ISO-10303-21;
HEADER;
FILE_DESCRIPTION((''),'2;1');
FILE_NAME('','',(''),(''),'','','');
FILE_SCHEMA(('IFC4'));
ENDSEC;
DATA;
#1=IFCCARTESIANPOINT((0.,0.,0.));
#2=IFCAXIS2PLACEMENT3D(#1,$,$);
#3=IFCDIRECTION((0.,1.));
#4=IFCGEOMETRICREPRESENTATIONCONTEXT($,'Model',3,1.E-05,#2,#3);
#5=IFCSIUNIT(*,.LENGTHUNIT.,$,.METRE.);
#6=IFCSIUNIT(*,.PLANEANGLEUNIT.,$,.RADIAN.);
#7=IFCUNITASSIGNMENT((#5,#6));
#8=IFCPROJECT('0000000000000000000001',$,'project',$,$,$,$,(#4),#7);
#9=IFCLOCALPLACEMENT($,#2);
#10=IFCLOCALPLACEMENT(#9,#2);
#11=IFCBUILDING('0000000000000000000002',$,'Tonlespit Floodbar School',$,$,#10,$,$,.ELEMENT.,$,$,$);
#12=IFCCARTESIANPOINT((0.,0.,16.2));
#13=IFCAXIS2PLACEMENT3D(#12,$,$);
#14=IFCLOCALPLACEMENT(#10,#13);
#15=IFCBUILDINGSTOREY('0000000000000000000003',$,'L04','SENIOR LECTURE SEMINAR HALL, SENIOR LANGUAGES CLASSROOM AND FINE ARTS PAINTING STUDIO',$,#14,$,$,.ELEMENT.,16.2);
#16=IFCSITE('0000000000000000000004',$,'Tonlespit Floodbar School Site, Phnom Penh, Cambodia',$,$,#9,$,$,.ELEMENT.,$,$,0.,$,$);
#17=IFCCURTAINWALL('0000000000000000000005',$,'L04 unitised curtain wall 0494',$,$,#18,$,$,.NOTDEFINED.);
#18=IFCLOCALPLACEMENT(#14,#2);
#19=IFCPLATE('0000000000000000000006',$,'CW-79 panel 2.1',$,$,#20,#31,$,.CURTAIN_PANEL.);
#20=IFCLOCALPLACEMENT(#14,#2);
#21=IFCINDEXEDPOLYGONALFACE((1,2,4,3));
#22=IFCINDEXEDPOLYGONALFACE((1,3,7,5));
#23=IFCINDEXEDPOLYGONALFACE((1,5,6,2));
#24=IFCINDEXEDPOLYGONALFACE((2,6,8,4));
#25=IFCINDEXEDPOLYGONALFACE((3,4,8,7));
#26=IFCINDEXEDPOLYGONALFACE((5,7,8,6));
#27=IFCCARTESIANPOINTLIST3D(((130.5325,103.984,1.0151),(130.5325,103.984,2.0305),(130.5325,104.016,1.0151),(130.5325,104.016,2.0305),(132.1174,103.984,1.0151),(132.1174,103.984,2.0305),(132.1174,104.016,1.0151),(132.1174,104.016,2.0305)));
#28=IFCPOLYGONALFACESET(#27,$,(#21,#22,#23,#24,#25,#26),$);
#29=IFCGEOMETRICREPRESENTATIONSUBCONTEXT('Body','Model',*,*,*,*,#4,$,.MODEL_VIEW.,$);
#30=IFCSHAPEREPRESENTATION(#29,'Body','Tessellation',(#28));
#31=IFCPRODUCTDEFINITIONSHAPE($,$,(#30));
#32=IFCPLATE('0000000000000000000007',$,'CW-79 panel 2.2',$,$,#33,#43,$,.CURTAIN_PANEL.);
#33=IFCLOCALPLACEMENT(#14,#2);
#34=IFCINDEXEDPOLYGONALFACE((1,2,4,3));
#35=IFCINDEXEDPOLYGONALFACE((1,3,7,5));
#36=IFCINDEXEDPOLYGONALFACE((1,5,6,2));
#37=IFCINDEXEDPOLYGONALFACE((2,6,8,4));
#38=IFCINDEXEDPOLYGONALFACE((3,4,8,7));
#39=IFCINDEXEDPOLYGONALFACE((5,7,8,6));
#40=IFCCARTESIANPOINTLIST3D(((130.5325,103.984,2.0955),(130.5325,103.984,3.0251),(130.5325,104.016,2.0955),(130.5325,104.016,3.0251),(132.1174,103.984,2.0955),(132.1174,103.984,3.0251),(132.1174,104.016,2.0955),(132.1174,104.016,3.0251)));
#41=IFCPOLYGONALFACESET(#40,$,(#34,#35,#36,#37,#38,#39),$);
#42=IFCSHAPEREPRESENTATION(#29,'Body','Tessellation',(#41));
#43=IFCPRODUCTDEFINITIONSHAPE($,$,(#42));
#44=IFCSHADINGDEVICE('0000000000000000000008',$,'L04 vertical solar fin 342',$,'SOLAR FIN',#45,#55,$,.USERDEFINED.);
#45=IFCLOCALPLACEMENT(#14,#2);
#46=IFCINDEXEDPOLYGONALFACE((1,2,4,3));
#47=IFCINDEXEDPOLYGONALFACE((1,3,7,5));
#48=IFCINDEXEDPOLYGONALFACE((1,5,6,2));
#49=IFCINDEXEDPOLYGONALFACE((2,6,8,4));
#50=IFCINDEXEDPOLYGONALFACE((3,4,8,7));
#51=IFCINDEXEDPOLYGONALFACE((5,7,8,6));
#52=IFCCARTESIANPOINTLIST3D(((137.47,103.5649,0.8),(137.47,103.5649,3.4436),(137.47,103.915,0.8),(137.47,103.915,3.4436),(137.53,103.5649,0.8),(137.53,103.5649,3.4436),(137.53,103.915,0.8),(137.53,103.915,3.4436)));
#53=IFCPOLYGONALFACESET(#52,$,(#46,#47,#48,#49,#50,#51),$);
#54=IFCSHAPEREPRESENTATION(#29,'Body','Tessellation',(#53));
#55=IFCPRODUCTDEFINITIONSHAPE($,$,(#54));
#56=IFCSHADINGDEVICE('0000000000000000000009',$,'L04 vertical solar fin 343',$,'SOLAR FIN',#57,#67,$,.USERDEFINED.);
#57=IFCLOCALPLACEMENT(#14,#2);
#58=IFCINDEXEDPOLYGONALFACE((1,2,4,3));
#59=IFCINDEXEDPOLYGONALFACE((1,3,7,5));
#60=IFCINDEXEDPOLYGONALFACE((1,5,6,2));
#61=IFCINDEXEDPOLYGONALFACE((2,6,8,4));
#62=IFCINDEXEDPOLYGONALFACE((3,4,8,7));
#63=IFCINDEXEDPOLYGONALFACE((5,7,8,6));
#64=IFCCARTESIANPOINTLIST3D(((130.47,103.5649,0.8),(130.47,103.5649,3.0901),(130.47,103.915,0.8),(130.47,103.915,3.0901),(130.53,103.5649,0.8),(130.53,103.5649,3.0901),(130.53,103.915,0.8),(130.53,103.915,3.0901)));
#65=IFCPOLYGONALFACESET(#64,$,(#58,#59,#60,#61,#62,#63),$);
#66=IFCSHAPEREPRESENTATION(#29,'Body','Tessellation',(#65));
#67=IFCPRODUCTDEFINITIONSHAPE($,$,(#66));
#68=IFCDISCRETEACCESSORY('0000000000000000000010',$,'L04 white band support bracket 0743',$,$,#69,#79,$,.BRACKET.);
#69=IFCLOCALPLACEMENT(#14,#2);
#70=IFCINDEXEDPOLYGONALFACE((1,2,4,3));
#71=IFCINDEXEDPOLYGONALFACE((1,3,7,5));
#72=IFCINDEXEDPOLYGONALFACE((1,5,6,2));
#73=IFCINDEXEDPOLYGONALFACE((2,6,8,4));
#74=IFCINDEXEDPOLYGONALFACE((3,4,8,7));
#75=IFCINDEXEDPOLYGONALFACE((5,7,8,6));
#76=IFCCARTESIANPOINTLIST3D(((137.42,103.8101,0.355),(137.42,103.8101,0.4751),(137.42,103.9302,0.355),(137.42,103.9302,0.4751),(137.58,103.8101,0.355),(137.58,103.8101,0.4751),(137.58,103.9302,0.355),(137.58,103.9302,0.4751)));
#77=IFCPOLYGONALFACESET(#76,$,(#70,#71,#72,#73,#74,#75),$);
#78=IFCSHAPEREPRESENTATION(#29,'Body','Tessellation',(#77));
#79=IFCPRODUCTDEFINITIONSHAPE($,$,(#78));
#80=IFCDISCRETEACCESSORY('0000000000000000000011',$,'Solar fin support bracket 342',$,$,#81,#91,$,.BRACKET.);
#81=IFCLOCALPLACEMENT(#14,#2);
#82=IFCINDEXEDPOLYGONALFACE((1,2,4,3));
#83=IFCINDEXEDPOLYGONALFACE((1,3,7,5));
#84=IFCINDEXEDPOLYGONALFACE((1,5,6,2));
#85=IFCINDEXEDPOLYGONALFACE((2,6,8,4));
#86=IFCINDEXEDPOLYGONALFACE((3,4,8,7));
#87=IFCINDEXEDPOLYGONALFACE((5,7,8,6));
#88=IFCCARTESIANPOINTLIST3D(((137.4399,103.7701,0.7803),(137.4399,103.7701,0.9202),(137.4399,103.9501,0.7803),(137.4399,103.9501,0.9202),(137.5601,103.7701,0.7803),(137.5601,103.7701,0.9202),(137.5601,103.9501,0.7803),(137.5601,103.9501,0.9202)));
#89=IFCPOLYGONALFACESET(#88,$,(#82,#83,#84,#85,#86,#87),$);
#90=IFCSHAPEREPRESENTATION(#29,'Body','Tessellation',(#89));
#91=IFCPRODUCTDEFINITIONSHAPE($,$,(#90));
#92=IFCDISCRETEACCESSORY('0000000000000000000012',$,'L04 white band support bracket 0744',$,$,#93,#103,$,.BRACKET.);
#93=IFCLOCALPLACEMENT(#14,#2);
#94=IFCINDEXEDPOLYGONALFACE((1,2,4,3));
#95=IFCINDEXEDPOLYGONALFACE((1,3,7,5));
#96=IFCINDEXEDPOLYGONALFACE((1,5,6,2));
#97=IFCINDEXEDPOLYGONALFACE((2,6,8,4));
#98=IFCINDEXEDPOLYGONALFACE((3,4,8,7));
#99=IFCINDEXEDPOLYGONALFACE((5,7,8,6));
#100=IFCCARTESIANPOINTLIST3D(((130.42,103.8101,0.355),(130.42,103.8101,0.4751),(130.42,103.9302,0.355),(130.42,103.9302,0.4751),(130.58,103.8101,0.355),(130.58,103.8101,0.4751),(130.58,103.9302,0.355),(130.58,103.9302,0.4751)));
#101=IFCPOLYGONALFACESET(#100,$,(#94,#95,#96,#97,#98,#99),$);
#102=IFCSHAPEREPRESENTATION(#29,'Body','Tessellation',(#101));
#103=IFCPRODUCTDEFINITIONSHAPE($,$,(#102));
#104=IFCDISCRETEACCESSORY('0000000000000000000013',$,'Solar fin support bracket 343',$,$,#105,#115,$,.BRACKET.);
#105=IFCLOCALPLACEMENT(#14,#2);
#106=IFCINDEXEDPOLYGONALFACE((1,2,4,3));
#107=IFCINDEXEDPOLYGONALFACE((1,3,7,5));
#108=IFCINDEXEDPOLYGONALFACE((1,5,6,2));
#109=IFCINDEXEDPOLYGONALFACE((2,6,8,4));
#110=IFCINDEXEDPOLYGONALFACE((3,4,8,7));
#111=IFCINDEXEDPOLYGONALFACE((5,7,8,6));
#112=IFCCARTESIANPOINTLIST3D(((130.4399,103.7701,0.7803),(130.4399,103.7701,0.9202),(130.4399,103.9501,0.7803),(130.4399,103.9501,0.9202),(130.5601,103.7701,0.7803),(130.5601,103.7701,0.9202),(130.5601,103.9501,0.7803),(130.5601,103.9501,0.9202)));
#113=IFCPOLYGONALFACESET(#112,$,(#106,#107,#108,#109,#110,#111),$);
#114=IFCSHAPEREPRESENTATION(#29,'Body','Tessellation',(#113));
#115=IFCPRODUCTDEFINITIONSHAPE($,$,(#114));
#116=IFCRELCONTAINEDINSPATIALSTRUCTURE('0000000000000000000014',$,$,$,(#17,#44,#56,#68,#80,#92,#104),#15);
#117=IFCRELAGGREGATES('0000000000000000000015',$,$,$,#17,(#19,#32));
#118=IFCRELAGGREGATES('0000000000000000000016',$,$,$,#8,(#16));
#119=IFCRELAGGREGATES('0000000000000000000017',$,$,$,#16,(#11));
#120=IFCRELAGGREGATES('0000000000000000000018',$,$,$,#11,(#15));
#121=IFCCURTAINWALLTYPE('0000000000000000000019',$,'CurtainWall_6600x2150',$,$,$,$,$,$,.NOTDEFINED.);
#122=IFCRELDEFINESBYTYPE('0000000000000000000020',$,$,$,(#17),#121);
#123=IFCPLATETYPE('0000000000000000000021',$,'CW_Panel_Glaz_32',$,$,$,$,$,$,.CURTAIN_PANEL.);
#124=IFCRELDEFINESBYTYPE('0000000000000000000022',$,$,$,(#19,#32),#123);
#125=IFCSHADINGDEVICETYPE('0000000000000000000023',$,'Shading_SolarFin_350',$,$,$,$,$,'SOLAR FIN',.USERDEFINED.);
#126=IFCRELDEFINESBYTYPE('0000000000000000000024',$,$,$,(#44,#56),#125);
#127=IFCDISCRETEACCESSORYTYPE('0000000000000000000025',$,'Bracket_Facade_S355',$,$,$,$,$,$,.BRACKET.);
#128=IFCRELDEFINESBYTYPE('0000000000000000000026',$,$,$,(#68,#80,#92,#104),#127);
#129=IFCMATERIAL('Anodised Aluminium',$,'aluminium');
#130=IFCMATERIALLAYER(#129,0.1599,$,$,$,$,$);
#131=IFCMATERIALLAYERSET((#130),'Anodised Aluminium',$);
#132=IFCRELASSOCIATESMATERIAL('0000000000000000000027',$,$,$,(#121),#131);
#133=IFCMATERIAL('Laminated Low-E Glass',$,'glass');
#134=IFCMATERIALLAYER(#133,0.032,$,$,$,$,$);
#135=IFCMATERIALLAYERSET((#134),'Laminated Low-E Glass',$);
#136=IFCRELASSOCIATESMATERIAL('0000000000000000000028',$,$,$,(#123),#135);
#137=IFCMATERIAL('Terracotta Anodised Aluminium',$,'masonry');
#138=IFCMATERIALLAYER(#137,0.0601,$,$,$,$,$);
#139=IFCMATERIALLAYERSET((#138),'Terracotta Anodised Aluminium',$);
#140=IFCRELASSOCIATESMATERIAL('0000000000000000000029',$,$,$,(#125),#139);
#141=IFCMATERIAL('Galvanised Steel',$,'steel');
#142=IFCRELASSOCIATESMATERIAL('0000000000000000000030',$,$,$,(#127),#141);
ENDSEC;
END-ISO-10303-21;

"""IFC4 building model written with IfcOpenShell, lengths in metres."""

from ifc_helpers import new_model, si_unit, direction, frame, origin, origin_2d, place, context, subcontext, project, spatial, rectangle, extrude, material, layer, layer_set, type_object, element, aggregate, save


model = new_model("IFC4")

# Units and contexts
model_context = context("Model", 3, precision=1e-05, world=origin(), true_north=direction((0.0, 1.0)))
body_context = subcontext(model_context, "Body", "Model", "MODEL_VIEW")
ifc_project = project(units=[si_unit("LENGTHUNIT", "METRE"), si_unit("PLANEANGLEUNIT", "RADIAN")], contexts=[model_context])

# Site, building, storey
site_placement = place(None, origin())
site = spatial("IfcSite", under=ifc_project, at=site_placement, Name="Tonlespit Floodbar School Site, Phnom Penh, Cambodia", CompositionType="ELEMENT", RefElevation=0.0)
building_placement = place(site_placement, origin())
building = spatial("IfcBuilding", under=site, at=building_placement, Name="Tonlespit Floodbar School", CompositionType="ELEMENT")
storey_placement = place(building_placement, frame((0.0, 0.0, 16.2)))
storey = spatial("IfcBuildingStorey", under=building, at=storey_placement, Name="L04", Description="SENIOR LECTURE SEMINAR HALL, SENIOR LANGUAGES CLASSROOM AND FINE ARTS PAINTING STUDIO", CompositionType="ELEMENT", Elevation=16.2)

# Curtain wall, plates
ifc_material_1 = material(Name="Anodised Aluminium", Category="aluminium")
ifc_layer_1 = layer(ifc_material_1, 0.1599)
ifc_layer_set_1 = layer_set([ifc_layer_1], Name="Anodised Aluminium")
curtain_wall_type = type_object("IfcCurtainWallType", Name="CurtainWall_6600x2150", PredefinedType="NOTDEFINED", material=ifc_layer_set_1)
curtain_wall_placement = place(storey_placement, origin())
curtain_wall = element("IfcCurtainWall", 1, at=curtain_wall_placement, inside=storey, type_object=curtain_wall_type, Name="L04 unitised curtain wall 0494", PredefinedType="NOTDEFINED")
ifc_material_2 = material(Name="Laminated Low-E Glass", Category="glass")
ifc_layer_2 = layer(ifc_material_2, 0.032)
ifc_layer_set_2 = layer_set([ifc_layer_2], Name="Laminated Low-E Glass")
plate_type = type_object("IfcPlateType", Name="CW_Panel_Glaz_32", PredefinedType="CURTAIN_PANEL", material=ifc_layer_set_2)
plate_1_placement = place(storey_placement, frame((131.325, 104.0, 1.0151), z_axis=(0.0, 0.0, 1.0), x_axis=(-1.0, 0.0, 0.0)))
plate_1 = element("IfcPlate", 2, at=plate_1_placement, type_object=plate_type, Name="CW-79 panel 2.1", PredefinedType="CURTAIN_PANEL", context=body_context, shape_type="SweptSolid", body=[
    extrude(rectangle(XDim=1.585, YDim=0.032, at=origin_2d()), origin(), (0.0, 0.0, 1.0), 1.0154),
])
plate_2_placement = place(storey_placement, frame((131.325, 104.0, 2.0955), z_axis=(0.0, 0.0, 1.0), x_axis=(-1.0, 0.0, 0.0)))
plate_2 = element("IfcPlate", 3, at=plate_2_placement, type_object=plate_type, Name="CW-79 panel 2.2", PredefinedType="CURTAIN_PANEL", context=body_context, shape_type="SweptSolid", body=[
    extrude(rectangle(XDim=1.585, YDim=0.032, at=origin_2d()), origin(), (0.0, 0.0, 1.0), 0.9297),
])
aggregate(curtain_wall, [plate_1, plate_2])

# Shading devices
ifc_material_3 = material(Name="Terracotta Anodised Aluminium", Category="masonry")
ifc_layer_3 = layer(ifc_material_3, 0.0601)
ifc_layer_set_3 = layer_set([ifc_layer_3], Name="Terracotta Anodised Aluminium")
shading_device_type = type_object("IfcShadingDeviceType", Name="Shading_SolarFin_350", ElementType="SOLAR FIN", PredefinedType="USERDEFINED", material=ifc_layer_set_3)
shading_device_1_placement = place(storey_placement, frame((137.5, 103.74, 0.8), z_axis=(0.0, 0.0, 1.0), x_axis=(-1.0, 0.0, 0.0)))
element("IfcShadingDevice", 4, at=shading_device_1_placement, inside=storey, type_object=shading_device_type, Name="L04 vertical solar fin 342", ObjectType="SOLAR FIN", PredefinedType="USERDEFINED", context=body_context, shape_type="SweptSolid", body=[
    extrude(rectangle(XDim=0.0601, YDim=0.3501, at=origin_2d()), origin(), (0.0, 0.0, 1.0), 2.6436),
])
shading_device_2_placement = place(storey_placement, frame((130.5, 103.74, 0.8), z_axis=(0.0, 0.0, 1.0), x_axis=(-1.0, 0.0, 0.0)))
element("IfcShadingDevice", 5, at=shading_device_2_placement, inside=storey, type_object=shading_device_type, Name="L04 vertical solar fin 343", ObjectType="SOLAR FIN", PredefinedType="USERDEFINED", context=body_context, shape_type="SweptSolid", body=[
    extrude(rectangle(XDim=0.0601, YDim=0.3501, at=origin_2d()), origin(), (0.0, 0.0, 1.0), 2.29),
])

# Discrete accessories
ifc_material_4 = material(Name="Galvanised Steel", Category="steel")
discrete_accessory_type = type_object("IfcDiscreteAccessoryType", Name="Bracket_Facade_S355", PredefinedType="BRACKET", material=ifc_material_4)
discrete_accessory_1_placement = place(storey_placement, frame((137.5, 103.8701, 0.355), z_axis=(0.0, 0.0, 1.0), x_axis=(-1.0, 0.0, 0.0)))
element("IfcDiscreteAccessory", 6, at=discrete_accessory_1_placement, inside=storey, type_object=discrete_accessory_type, Name="L04 white band support bracket 0743", PredefinedType="BRACKET", context=body_context, shape_type="SweptSolid", body=[
    extrude(rectangle(XDim=0.1599, YDim=0.1201, at=origin_2d()), origin(), (0.0, 0.0, 1.0), 0.1201),
])
discrete_accessory_2_placement = place(storey_placement, frame((137.5, 103.8601, 0.7803), z_axis=(0.0, 0.0, 1.0), x_axis=(-1.0, 0.0, 0.0)))
element("IfcDiscreteAccessory", 7, at=discrete_accessory_2_placement, inside=storey, type_object=discrete_accessory_type, Name="Solar fin support bracket 342", PredefinedType="BRACKET", context=body_context, shape_type="SweptSolid", body=[
    extrude(rectangle(XDim=0.1201, YDim=0.1799, at=origin_2d()), origin(), (0.0, 0.0, 1.0), 0.1399),
])
discrete_accessory_3_placement = place(storey_placement, frame((130.5, 103.8701, 0.355), z_axis=(0.0, 0.0, 1.0), x_axis=(-1.0, 0.0, 0.0)))
element("IfcDiscreteAccessory", 8, at=discrete_accessory_3_placement, inside=storey, type_object=discrete_accessory_type, Name="L04 white band support bracket 0744", PredefinedType="BRACKET", context=body_context, shape_type="SweptSolid", body=[
    extrude(rectangle(XDim=0.1599, YDim=0.1201, at=origin_2d()), origin(), (0.0, 0.0, 1.0), 0.1201),
])
discrete_accessory_4_placement = place(storey_placement, frame((130.5, 103.8601, 0.7803), z_axis=(0.0, 0.0, 1.0), x_axis=(-1.0, 0.0, 0.0)))
element("IfcDiscreteAccessory", 9, at=discrete_accessory_4_placement, inside=storey, type_object=discrete_accessory_type, Name="Solar fin support bracket 343", PredefinedType="BRACKET", context=body_context, shape_type="SweptSolid", body=[
    extrude(rectangle(XDim=0.1201, YDim=0.1799, at=origin_2d()), origin(), (0.0, 0.0, 1.0), 0.1399),
])

save(model, "model.ifc")
